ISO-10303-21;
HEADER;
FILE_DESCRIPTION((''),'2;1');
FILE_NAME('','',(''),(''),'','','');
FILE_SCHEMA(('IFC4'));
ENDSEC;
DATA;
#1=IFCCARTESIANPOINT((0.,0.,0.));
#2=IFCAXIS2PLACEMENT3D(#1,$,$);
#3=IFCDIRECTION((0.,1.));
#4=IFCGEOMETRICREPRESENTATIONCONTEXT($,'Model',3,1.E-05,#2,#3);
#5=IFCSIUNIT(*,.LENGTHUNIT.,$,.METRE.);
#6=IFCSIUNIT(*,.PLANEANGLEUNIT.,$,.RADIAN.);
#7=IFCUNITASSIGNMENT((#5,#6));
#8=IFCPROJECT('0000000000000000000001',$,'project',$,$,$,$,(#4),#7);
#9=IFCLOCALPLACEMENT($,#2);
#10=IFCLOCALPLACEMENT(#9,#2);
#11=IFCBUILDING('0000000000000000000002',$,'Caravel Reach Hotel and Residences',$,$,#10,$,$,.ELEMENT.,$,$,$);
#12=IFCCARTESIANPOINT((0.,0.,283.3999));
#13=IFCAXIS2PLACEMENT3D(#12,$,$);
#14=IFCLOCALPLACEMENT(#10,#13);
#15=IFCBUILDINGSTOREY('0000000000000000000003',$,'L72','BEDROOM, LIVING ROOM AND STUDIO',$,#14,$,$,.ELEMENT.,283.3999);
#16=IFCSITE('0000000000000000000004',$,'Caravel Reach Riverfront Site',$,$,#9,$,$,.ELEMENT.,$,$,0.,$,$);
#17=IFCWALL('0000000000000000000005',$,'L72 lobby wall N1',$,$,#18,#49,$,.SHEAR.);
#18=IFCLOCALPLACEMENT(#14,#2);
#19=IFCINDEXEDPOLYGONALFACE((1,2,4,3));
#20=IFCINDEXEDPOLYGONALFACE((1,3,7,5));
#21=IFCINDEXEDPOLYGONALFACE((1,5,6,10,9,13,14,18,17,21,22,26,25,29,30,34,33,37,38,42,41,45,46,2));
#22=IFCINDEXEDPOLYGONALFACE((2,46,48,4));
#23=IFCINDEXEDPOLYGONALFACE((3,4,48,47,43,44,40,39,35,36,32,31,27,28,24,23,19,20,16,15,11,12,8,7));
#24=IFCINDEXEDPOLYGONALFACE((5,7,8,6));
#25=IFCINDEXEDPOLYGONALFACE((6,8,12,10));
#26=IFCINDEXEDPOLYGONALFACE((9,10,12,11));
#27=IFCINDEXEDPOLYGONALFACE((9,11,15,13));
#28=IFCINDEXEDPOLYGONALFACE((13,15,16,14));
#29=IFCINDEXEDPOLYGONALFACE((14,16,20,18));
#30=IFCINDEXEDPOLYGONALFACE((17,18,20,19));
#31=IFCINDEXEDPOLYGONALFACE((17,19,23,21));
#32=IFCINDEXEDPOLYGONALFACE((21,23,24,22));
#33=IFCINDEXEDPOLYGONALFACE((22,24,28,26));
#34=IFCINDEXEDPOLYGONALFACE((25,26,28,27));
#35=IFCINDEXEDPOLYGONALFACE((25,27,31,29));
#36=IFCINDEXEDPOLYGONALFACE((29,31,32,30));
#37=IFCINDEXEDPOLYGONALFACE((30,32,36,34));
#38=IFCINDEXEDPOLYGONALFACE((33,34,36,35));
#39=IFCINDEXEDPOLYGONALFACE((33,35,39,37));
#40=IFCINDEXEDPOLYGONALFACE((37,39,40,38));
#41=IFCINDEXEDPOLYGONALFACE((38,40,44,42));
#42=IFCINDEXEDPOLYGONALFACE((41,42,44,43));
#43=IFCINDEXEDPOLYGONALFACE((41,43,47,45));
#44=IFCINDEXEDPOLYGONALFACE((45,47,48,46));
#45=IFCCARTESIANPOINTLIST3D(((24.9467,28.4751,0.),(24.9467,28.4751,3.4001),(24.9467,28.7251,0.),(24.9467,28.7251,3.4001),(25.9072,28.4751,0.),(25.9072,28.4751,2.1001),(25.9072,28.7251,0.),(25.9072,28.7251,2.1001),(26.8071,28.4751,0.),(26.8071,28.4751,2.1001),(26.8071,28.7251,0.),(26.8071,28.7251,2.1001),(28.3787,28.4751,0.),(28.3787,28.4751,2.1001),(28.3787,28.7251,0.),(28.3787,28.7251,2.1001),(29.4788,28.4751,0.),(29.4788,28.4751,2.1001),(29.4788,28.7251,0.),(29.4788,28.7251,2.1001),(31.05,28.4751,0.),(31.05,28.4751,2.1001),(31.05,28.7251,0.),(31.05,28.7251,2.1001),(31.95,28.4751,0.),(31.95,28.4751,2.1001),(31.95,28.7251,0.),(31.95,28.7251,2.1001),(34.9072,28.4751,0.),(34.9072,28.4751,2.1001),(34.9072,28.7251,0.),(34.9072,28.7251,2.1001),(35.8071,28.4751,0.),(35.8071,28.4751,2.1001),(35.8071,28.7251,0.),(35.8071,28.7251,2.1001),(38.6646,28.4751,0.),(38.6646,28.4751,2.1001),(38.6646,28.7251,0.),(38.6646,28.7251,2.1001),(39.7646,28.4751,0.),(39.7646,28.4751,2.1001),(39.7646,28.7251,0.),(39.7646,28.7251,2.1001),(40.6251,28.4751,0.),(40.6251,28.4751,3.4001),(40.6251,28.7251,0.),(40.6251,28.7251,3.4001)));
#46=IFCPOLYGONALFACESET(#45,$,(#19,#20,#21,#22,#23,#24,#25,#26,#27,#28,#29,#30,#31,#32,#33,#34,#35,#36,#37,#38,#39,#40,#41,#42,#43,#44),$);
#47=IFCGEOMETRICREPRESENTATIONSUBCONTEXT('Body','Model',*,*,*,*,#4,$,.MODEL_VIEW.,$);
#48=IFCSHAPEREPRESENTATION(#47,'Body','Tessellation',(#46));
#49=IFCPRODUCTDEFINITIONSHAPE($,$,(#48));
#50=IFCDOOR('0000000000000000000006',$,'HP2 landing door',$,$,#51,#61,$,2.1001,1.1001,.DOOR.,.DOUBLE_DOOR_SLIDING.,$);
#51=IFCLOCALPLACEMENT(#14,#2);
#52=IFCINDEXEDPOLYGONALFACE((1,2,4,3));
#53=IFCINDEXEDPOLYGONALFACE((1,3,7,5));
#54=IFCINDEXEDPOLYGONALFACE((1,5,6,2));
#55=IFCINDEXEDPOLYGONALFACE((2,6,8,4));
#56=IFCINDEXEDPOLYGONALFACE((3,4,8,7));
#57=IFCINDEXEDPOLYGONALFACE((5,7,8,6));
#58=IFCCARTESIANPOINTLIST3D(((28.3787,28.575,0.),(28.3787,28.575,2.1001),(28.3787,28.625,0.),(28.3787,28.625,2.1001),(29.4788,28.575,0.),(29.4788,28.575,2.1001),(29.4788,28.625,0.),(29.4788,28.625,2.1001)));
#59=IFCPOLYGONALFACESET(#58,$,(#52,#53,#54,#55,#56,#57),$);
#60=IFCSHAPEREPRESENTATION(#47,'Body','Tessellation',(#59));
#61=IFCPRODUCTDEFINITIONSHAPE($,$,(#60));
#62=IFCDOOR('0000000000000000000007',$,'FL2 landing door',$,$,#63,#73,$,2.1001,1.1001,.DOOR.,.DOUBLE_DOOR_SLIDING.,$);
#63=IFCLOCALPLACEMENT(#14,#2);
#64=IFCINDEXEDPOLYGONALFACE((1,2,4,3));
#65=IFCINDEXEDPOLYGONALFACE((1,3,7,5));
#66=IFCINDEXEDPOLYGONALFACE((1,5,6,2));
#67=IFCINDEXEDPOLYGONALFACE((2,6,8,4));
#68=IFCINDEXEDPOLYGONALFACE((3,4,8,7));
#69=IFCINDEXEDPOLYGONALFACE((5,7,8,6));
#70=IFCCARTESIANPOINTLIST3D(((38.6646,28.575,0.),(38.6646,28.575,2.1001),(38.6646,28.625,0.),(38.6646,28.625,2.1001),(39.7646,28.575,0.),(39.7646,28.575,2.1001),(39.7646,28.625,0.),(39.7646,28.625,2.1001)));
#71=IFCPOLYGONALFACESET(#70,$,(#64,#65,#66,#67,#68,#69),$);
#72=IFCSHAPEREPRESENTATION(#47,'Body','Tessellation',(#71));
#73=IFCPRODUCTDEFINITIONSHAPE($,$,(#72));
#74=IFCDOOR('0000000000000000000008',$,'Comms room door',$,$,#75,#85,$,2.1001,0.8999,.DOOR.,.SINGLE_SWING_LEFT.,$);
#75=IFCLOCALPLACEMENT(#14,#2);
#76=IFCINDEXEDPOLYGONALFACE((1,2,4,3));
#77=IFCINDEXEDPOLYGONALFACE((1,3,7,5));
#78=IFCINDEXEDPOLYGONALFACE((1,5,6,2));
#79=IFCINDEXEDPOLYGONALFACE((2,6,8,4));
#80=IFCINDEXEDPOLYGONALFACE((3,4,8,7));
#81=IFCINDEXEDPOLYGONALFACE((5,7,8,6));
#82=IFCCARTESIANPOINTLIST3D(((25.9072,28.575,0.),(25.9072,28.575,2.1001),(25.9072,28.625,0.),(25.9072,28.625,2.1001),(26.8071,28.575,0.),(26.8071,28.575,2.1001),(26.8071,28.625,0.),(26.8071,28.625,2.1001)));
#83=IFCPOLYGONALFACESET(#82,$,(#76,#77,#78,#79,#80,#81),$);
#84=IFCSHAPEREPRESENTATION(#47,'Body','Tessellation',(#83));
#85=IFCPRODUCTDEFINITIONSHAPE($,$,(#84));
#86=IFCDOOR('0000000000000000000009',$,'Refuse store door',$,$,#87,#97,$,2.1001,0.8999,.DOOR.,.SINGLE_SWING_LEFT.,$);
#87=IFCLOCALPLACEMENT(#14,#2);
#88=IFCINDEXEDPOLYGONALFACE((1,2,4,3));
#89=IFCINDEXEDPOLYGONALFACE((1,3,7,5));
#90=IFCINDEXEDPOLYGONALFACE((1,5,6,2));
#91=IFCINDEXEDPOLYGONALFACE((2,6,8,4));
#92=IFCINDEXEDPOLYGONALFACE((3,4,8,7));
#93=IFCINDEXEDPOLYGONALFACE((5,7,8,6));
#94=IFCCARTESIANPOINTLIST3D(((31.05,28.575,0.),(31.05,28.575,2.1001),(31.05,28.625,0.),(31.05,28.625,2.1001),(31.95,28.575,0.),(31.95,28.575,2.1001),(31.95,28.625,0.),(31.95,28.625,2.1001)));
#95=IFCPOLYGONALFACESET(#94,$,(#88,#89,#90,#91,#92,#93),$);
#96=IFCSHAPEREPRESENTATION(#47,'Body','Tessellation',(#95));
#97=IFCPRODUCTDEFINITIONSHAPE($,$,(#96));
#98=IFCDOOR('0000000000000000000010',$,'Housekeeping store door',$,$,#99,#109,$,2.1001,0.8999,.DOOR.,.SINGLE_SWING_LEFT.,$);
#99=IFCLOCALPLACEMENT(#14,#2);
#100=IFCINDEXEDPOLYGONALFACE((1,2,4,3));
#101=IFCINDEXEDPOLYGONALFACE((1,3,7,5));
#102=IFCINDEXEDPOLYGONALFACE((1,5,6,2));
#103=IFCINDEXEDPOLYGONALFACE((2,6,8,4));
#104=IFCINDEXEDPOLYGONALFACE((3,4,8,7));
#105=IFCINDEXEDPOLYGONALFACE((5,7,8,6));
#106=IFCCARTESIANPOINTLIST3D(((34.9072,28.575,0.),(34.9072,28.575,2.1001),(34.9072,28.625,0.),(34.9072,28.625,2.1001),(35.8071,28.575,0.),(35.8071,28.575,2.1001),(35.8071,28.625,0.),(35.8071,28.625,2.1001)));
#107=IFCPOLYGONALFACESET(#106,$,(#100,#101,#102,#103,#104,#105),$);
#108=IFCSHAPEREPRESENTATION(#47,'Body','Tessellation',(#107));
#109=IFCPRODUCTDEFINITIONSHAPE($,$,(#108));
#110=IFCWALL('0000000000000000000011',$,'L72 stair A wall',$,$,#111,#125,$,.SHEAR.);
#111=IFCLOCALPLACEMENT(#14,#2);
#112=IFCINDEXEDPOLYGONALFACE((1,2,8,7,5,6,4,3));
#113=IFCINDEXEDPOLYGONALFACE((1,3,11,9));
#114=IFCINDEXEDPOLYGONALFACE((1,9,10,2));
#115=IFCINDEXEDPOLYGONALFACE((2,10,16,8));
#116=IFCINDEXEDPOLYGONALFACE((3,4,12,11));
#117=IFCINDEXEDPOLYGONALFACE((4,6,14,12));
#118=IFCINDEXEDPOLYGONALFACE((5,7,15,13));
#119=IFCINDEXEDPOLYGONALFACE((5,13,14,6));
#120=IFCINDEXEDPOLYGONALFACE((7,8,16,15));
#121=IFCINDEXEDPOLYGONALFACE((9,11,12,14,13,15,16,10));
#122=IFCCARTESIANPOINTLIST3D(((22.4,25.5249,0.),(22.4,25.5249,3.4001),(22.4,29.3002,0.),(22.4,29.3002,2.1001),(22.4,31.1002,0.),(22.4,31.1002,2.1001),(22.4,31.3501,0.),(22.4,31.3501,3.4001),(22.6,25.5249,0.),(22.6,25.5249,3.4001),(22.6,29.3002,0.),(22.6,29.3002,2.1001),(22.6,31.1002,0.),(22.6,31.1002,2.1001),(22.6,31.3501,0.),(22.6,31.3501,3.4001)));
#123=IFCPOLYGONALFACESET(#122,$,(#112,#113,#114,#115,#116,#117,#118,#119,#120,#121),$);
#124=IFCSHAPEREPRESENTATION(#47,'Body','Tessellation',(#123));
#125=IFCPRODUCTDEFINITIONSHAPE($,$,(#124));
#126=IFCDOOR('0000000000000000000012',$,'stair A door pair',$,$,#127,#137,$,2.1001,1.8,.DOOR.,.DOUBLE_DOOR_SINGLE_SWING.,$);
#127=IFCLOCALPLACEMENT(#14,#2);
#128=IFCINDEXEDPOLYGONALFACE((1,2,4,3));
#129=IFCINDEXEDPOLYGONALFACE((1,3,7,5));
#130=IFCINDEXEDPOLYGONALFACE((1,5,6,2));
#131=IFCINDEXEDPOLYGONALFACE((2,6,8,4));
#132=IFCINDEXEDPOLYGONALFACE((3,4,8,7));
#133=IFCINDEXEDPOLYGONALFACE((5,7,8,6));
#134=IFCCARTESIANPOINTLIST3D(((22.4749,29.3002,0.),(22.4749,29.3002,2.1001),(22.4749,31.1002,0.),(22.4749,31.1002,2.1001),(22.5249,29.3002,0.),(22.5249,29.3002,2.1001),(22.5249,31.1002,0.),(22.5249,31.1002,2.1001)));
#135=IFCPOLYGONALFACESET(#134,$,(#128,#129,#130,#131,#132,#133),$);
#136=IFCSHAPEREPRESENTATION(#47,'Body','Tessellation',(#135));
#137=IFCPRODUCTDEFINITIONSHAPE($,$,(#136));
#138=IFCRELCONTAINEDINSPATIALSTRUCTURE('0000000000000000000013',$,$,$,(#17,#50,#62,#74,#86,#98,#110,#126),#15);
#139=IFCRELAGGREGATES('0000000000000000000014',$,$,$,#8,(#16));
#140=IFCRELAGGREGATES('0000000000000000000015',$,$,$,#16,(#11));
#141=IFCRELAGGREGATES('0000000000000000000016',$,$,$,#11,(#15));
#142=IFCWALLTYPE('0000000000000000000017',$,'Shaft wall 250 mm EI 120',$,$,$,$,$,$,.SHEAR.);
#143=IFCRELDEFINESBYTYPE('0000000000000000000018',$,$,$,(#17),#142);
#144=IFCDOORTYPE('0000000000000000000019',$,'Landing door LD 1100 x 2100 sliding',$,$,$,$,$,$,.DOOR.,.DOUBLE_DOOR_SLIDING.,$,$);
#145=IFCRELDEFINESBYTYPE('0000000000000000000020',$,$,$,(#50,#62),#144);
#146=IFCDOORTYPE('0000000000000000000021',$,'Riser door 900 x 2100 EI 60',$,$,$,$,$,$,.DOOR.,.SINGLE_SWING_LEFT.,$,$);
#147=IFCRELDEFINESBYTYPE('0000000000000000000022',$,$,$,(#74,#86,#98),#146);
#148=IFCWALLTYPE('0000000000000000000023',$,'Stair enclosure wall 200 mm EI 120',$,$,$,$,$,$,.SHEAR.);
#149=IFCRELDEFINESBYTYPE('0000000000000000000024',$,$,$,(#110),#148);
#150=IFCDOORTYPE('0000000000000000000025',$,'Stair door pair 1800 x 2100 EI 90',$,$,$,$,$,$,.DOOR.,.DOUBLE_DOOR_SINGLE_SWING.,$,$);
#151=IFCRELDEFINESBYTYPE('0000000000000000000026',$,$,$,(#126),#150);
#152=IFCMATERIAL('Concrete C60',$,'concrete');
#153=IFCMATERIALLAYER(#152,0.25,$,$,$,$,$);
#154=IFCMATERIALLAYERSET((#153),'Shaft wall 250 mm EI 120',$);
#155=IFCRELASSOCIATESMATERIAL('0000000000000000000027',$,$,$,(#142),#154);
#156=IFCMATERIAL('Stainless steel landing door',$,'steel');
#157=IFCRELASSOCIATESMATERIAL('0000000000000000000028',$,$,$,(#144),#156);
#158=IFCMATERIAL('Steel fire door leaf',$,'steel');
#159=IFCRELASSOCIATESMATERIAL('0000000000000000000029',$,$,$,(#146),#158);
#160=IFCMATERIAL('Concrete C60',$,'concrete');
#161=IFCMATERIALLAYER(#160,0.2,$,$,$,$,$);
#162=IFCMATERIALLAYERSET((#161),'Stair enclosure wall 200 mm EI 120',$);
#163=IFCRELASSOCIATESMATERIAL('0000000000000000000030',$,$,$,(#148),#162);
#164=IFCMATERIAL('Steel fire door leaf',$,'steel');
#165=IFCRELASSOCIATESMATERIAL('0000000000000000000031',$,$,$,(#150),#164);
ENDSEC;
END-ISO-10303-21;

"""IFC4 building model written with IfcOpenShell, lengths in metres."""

from ifc_helpers import new_model, si_unit, direction, frame, frame_2d, origin, place, context, subcontext, project, spatial, rectangle, extrude, material, layer, layer_set, type_object, element, fill, save


model = new_model("IFC4")

# Units and contexts
model_context = context("Model", 3, precision=1e-05, world=origin(), true_north=direction((0.0, 1.0)))
body_context = subcontext(model_context, "Body", "Model", "MODEL_VIEW")
ifc_project = project(units=[si_unit("LENGTHUNIT", "METRE"), si_unit("PLANEANGLEUNIT", "RADIAN")], contexts=[model_context])

# Site, building, storey
site_placement = place(None, origin())
site = spatial("IfcSite", under=ifc_project, at=site_placement, Name="Caravel Reach Riverfront Site", CompositionType="ELEMENT", RefElevation=0.0)
building_placement = place(site_placement, origin())
building = spatial("IfcBuilding", under=site, at=building_placement, Name="Caravel Reach Hotel and Residences", CompositionType="ELEMENT")
storey_placement = place(building_placement, frame((0.0, 0.0, 283.3999)))
storey = spatial("IfcBuildingStorey", under=building, at=storey_placement, Name="L72", Description="BEDROOM, LIVING ROOM AND STUDIO", CompositionType="ELEMENT", Elevation=283.3999)

# Wall, openings, doors
ifc_material_1 = material(Name="Concrete C60", Category="concrete")
ifc_layer_1 = layer(ifc_material_1, 0.25)
ifc_layer_set_1 = layer_set([ifc_layer_1], Name="Shaft wall 250 mm EI 120")
wall_type_1 = type_object("IfcWallType", Name="Shaft wall 250 mm EI 120", PredefinedType="SHEAR", material=ifc_layer_set_1)
wall_1_placement = place(storey_placement, frame((24.9465, 28.6001, 0.0), z_axis=(0.0, 0.0, 1.0), x_axis=(1.0, 0.0, 0.0)))
wall_1 = element("IfcWall", 1, at=wall_1_placement, inside=storey, type_object=wall_type_1, Name="L72 lobby wall N1", PredefinedType="SHEAR", context=body_context, shape_type="SweptSolid", body=[
    extrude(rectangle(XDim=15.6785, YDim=0.25, at=frame_2d((7.8394, 0.0))), origin(), (0.0, 0.0, 1.0), 3.4001),
])
opening_1_placement = place(wall_1_placement, frame((3.4321, 0.0, 0.0)))
opening_1 = element("IfcOpeningElement", 2, at=opening_1_placement, cuts=wall_1, PredefinedType="OPENING", context=body_context, shape_type="SweptSolid", body=[
    extrude(rectangle(XDim=1.1001, YDim=2.1001, at=frame_2d((0.55, 1.05))), frame((0.0, 0.135, 0.0), z_axis=(0.0, -1.0, 0.0), x_axis=(1.0, 0.0, 0.0)), (0.0, 0.0, 1.0), 0.27),
])
opening_2_placement = place(wall_1_placement, frame((13.718, 0.0, 0.0)))
opening_2 = element("IfcOpeningElement", 3, at=opening_2_placement, cuts=wall_1, PredefinedType="OPENING", context=body_context, shape_type="SweptSolid", body=[
    extrude(rectangle(XDim=1.1001, YDim=2.1001, at=frame_2d((0.55, 1.05))), frame((0.0, 0.135, 0.0), z_axis=(0.0, -1.0, 0.0), x_axis=(1.0, 0.0, 0.0)), (0.0, 0.0, 1.0), 0.27),
])
opening_3_placement = place(wall_1_placement, frame((0.9607, 0.0, 0.0)))
opening_3 = element("IfcOpeningElement", 4, at=opening_3_placement, cuts=wall_1, PredefinedType="OPENING", context=body_context, shape_type="SweptSolid", body=[
    extrude(rectangle(XDim=0.8999, YDim=2.1001, at=frame_2d((0.45, 1.05))), frame((0.0, 0.135, 0.0), z_axis=(0.0, -1.0, 0.0), x_axis=(1.0, 0.0, 0.0)), (0.0, 0.0, 1.0), 0.27),
])
opening_4_placement = place(wall_1_placement, frame((6.1035, 0.0, 0.0)))
opening_4 = element("IfcOpeningElement", 5, at=opening_4_placement, cuts=wall_1, PredefinedType="OPENING", context=body_context, shape_type="SweptSolid", body=[
    extrude(rectangle(XDim=0.8999, YDim=2.1001, at=frame_2d((0.45, 1.05))), frame((0.0, 0.135, 0.0), z_axis=(0.0, -1.0, 0.0), x_axis=(1.0, 0.0, 0.0)), (0.0, 0.0, 1.0), 0.27),
])
opening_5_placement = place(wall_1_placement, frame((9.9607, 0.0, 0.0)))
opening_5 = element("IfcOpeningElement", 6, at=opening_5_placement, cuts=wall_1, PredefinedType="OPENING", context=body_context, shape_type="SweptSolid", body=[
    extrude(rectangle(XDim=0.8999, YDim=2.1001, at=frame_2d((0.45, 1.05))), frame((0.0, 0.135, 0.0), z_axis=(0.0, -1.0, 0.0), x_axis=(1.0, 0.0, 0.0)), (0.0, 0.0, 1.0), 0.27),
])
ifc_material_2 = material(Name="Stainless steel landing door", Category="steel")
door_type_1 = type_object("IfcDoorType", Name="Landing door LD 1100 x 2100 sliding", OperationType="DOUBLE_DOOR_SLIDING", PredefinedType="DOOR", material=ifc_material_2)
door_1_placement = place(opening_1_placement, origin())
door_1 = element("IfcDoor", 7, at=door_1_placement, inside=storey, type_object=door_type_1, Name="HP2 landing door", OperationType="DOUBLE_DOOR_SLIDING", OverallHeight=2.1001, OverallWidth=1.1001, PredefinedType="DOOR", context=body_context, shape_type="SweptSolid", body=[
    extrude(rectangle(XDim=1.1001, YDim=2.1001, at=frame_2d((0.55, 1.05))), frame((0.0, 0.0249, 0.0), z_axis=(0.0, -1.0, 0.0), x_axis=(1.0, 0.0, 0.0)), (0.0, 0.0, 1.0), 0.05),
])
fill(opening_1, door_1)
door_2_placement = place(opening_2_placement, origin())
door_2 = element("IfcDoor", 8, at=door_2_placement, inside=storey, type_object=door_type_1, Name="FL2 landing door", OperationType="DOUBLE_DOOR_SLIDING", OverallHeight=2.1001, OverallWidth=1.1001, PredefinedType="DOOR", context=body_context, shape_type="SweptSolid", body=[
    extrude(rectangle(XDim=1.1001, YDim=2.1001, at=frame_2d((0.55, 1.05))), frame((0.0, 0.0249, 0.0), z_axis=(0.0, -1.0, 0.0), x_axis=(1.0, 0.0, 0.0)), (0.0, 0.0, 1.0), 0.05),
])
fill(opening_2, door_2)
ifc_material_3 = material(Name="Steel fire door leaf", Category="steel")
door_type_2 = type_object("IfcDoorType", Name="Riser door 900 x 2100 EI 60", OperationType="SINGLE_SWING_LEFT", PredefinedType="DOOR", material=ifc_material_3)
door_3_placement = place(opening_3_placement, origin())
door_3 = element("IfcDoor", 9, at=door_3_placement, inside=storey, type_object=door_type_2, Name="Comms room door", OperationType="SINGLE_SWING_LEFT", OverallHeight=2.1001, OverallWidth=0.8999, PredefinedType="DOOR", context=body_context, shape_type="SweptSolid", body=[
    extrude(rectangle(XDim=0.8999, YDim=2.1001, at=frame_2d((0.45, 1.05))), frame((0.0, 0.0249, 0.0), z_axis=(0.0, -1.0, 0.0), x_axis=(1.0, 0.0, 0.0)), (0.0, 0.0, 1.0), 0.05),
])
fill(opening_3, door_3)
door_4_placement = place(opening_4_placement, origin())
door_4 = element("IfcDoor", 10, at=door_4_placement, inside=storey, type_object=door_type_2, Name="Refuse store door", OperationType="SINGLE_SWING_LEFT", OverallHeight=2.1001, OverallWidth=0.8999, PredefinedType="DOOR", context=body_context, shape_type="SweptSolid", body=[
    extrude(rectangle(XDim=0.8999, YDim=2.1001, at=frame_2d((0.45, 1.05))), frame((0.0, 0.0249, 0.0), z_axis=(0.0, -1.0, 0.0), x_axis=(1.0, 0.0, 0.0)), (0.0, 0.0, 1.0), 0.05),
])
fill(opening_4, door_4)
door_5_placement = place(opening_5_placement, origin())
door_5 = element("IfcDoor", 11, at=door_5_placement, inside=storey, type_object=door_type_2, Name="Housekeeping store door", OperationType="SINGLE_SWING_LEFT", OverallHeight=2.1001, OverallWidth=0.8999, PredefinedType="DOOR", context=body_context, shape_type="SweptSolid", body=[
    extrude(rectangle(XDim=0.8999, YDim=2.1001, at=frame_2d((0.45, 1.05))), frame((0.0, 0.0249, 0.0), z_axis=(0.0, -1.0, 0.0), x_axis=(1.0, 0.0, 0.0)), (0.0, 0.0, 1.0), 0.05),
])
fill(opening_5, door_5)

# Wall, opening, door
ifc_material_4 = material(Name="Concrete C60", Category="concrete")
ifc_layer_2 = layer(ifc_material_4, 0.2)
ifc_layer_set_2 = layer_set([ifc_layer_2], Name="Stair enclosure wall 200 mm EI 120")
wall_type_2 = type_object("IfcWallType", Name="Stair enclosure wall 200 mm EI 120", PredefinedType="SHEAR", material=ifc_layer_set_2)
wall_2_placement = place(storey_placement, frame((22.5, 31.3501, 0.0), z_axis=(0.0, 0.0, 1.0), x_axis=(0.0, -1.0, 0.0)))
wall_2 = element("IfcWall", 12, at=wall_2_placement, inside=storey, type_object=wall_type_2, Name="L72 stair A wall", PredefinedType="SHEAR", context=body_context, shape_type="SweptSolid", body=[
    extrude(rectangle(XDim=5.8252, YDim=0.2, at=frame_2d((2.9126, 0.0))), origin(), (0.0, 0.0, 1.0), 3.4001),
])
opening_6_placement = place(wall_2_placement, frame((0.25, 0.0, 0.0)))
opening_6 = element("IfcOpeningElement", 13, at=opening_6_placement, cuts=wall_2, PredefinedType="OPENING", context=body_context, shape_type="SweptSolid", body=[
    extrude(rectangle(XDim=1.8, YDim=2.1001, at=frame_2d((0.8999, 1.05))), frame((0.0, 0.1099, 0.0), z_axis=(0.0, -1.0, 0.0), x_axis=(1.0, 0.0, 0.0)), (0.0, 0.0, 1.0), 0.22),
])
ifc_material_5 = material(Name="Steel fire door leaf", Category="steel")
door_type_3 = type_object("IfcDoorType", Name="Stair door pair 1800 x 2100 EI 90", OperationType="DOUBLE_DOOR_SINGLE_SWING", PredefinedType="DOOR", material=ifc_material_5)
door_6_placement = place(opening_6_placement, origin())
door_6 = element("IfcDoor", 14, at=door_6_placement, inside=storey, type_object=door_type_3, Name="stair A door pair", OperationType="DOUBLE_DOOR_SINGLE_SWING", OverallHeight=2.1001, OverallWidth=1.8, PredefinedType="DOOR", context=body_context, shape_type="SweptSolid", body=[
    extrude(rectangle(XDim=1.8, YDim=2.1001, at=frame_2d((0.8999, 1.05))), frame((0.0, 0.0249, 0.0), z_axis=(0.0, -1.0, 0.0), x_axis=(1.0, 0.0, 0.0)), (0.0, 0.0, 1.0), 0.05),
])
fill(opening_6, door_6)

save(model, "model.ifc")
